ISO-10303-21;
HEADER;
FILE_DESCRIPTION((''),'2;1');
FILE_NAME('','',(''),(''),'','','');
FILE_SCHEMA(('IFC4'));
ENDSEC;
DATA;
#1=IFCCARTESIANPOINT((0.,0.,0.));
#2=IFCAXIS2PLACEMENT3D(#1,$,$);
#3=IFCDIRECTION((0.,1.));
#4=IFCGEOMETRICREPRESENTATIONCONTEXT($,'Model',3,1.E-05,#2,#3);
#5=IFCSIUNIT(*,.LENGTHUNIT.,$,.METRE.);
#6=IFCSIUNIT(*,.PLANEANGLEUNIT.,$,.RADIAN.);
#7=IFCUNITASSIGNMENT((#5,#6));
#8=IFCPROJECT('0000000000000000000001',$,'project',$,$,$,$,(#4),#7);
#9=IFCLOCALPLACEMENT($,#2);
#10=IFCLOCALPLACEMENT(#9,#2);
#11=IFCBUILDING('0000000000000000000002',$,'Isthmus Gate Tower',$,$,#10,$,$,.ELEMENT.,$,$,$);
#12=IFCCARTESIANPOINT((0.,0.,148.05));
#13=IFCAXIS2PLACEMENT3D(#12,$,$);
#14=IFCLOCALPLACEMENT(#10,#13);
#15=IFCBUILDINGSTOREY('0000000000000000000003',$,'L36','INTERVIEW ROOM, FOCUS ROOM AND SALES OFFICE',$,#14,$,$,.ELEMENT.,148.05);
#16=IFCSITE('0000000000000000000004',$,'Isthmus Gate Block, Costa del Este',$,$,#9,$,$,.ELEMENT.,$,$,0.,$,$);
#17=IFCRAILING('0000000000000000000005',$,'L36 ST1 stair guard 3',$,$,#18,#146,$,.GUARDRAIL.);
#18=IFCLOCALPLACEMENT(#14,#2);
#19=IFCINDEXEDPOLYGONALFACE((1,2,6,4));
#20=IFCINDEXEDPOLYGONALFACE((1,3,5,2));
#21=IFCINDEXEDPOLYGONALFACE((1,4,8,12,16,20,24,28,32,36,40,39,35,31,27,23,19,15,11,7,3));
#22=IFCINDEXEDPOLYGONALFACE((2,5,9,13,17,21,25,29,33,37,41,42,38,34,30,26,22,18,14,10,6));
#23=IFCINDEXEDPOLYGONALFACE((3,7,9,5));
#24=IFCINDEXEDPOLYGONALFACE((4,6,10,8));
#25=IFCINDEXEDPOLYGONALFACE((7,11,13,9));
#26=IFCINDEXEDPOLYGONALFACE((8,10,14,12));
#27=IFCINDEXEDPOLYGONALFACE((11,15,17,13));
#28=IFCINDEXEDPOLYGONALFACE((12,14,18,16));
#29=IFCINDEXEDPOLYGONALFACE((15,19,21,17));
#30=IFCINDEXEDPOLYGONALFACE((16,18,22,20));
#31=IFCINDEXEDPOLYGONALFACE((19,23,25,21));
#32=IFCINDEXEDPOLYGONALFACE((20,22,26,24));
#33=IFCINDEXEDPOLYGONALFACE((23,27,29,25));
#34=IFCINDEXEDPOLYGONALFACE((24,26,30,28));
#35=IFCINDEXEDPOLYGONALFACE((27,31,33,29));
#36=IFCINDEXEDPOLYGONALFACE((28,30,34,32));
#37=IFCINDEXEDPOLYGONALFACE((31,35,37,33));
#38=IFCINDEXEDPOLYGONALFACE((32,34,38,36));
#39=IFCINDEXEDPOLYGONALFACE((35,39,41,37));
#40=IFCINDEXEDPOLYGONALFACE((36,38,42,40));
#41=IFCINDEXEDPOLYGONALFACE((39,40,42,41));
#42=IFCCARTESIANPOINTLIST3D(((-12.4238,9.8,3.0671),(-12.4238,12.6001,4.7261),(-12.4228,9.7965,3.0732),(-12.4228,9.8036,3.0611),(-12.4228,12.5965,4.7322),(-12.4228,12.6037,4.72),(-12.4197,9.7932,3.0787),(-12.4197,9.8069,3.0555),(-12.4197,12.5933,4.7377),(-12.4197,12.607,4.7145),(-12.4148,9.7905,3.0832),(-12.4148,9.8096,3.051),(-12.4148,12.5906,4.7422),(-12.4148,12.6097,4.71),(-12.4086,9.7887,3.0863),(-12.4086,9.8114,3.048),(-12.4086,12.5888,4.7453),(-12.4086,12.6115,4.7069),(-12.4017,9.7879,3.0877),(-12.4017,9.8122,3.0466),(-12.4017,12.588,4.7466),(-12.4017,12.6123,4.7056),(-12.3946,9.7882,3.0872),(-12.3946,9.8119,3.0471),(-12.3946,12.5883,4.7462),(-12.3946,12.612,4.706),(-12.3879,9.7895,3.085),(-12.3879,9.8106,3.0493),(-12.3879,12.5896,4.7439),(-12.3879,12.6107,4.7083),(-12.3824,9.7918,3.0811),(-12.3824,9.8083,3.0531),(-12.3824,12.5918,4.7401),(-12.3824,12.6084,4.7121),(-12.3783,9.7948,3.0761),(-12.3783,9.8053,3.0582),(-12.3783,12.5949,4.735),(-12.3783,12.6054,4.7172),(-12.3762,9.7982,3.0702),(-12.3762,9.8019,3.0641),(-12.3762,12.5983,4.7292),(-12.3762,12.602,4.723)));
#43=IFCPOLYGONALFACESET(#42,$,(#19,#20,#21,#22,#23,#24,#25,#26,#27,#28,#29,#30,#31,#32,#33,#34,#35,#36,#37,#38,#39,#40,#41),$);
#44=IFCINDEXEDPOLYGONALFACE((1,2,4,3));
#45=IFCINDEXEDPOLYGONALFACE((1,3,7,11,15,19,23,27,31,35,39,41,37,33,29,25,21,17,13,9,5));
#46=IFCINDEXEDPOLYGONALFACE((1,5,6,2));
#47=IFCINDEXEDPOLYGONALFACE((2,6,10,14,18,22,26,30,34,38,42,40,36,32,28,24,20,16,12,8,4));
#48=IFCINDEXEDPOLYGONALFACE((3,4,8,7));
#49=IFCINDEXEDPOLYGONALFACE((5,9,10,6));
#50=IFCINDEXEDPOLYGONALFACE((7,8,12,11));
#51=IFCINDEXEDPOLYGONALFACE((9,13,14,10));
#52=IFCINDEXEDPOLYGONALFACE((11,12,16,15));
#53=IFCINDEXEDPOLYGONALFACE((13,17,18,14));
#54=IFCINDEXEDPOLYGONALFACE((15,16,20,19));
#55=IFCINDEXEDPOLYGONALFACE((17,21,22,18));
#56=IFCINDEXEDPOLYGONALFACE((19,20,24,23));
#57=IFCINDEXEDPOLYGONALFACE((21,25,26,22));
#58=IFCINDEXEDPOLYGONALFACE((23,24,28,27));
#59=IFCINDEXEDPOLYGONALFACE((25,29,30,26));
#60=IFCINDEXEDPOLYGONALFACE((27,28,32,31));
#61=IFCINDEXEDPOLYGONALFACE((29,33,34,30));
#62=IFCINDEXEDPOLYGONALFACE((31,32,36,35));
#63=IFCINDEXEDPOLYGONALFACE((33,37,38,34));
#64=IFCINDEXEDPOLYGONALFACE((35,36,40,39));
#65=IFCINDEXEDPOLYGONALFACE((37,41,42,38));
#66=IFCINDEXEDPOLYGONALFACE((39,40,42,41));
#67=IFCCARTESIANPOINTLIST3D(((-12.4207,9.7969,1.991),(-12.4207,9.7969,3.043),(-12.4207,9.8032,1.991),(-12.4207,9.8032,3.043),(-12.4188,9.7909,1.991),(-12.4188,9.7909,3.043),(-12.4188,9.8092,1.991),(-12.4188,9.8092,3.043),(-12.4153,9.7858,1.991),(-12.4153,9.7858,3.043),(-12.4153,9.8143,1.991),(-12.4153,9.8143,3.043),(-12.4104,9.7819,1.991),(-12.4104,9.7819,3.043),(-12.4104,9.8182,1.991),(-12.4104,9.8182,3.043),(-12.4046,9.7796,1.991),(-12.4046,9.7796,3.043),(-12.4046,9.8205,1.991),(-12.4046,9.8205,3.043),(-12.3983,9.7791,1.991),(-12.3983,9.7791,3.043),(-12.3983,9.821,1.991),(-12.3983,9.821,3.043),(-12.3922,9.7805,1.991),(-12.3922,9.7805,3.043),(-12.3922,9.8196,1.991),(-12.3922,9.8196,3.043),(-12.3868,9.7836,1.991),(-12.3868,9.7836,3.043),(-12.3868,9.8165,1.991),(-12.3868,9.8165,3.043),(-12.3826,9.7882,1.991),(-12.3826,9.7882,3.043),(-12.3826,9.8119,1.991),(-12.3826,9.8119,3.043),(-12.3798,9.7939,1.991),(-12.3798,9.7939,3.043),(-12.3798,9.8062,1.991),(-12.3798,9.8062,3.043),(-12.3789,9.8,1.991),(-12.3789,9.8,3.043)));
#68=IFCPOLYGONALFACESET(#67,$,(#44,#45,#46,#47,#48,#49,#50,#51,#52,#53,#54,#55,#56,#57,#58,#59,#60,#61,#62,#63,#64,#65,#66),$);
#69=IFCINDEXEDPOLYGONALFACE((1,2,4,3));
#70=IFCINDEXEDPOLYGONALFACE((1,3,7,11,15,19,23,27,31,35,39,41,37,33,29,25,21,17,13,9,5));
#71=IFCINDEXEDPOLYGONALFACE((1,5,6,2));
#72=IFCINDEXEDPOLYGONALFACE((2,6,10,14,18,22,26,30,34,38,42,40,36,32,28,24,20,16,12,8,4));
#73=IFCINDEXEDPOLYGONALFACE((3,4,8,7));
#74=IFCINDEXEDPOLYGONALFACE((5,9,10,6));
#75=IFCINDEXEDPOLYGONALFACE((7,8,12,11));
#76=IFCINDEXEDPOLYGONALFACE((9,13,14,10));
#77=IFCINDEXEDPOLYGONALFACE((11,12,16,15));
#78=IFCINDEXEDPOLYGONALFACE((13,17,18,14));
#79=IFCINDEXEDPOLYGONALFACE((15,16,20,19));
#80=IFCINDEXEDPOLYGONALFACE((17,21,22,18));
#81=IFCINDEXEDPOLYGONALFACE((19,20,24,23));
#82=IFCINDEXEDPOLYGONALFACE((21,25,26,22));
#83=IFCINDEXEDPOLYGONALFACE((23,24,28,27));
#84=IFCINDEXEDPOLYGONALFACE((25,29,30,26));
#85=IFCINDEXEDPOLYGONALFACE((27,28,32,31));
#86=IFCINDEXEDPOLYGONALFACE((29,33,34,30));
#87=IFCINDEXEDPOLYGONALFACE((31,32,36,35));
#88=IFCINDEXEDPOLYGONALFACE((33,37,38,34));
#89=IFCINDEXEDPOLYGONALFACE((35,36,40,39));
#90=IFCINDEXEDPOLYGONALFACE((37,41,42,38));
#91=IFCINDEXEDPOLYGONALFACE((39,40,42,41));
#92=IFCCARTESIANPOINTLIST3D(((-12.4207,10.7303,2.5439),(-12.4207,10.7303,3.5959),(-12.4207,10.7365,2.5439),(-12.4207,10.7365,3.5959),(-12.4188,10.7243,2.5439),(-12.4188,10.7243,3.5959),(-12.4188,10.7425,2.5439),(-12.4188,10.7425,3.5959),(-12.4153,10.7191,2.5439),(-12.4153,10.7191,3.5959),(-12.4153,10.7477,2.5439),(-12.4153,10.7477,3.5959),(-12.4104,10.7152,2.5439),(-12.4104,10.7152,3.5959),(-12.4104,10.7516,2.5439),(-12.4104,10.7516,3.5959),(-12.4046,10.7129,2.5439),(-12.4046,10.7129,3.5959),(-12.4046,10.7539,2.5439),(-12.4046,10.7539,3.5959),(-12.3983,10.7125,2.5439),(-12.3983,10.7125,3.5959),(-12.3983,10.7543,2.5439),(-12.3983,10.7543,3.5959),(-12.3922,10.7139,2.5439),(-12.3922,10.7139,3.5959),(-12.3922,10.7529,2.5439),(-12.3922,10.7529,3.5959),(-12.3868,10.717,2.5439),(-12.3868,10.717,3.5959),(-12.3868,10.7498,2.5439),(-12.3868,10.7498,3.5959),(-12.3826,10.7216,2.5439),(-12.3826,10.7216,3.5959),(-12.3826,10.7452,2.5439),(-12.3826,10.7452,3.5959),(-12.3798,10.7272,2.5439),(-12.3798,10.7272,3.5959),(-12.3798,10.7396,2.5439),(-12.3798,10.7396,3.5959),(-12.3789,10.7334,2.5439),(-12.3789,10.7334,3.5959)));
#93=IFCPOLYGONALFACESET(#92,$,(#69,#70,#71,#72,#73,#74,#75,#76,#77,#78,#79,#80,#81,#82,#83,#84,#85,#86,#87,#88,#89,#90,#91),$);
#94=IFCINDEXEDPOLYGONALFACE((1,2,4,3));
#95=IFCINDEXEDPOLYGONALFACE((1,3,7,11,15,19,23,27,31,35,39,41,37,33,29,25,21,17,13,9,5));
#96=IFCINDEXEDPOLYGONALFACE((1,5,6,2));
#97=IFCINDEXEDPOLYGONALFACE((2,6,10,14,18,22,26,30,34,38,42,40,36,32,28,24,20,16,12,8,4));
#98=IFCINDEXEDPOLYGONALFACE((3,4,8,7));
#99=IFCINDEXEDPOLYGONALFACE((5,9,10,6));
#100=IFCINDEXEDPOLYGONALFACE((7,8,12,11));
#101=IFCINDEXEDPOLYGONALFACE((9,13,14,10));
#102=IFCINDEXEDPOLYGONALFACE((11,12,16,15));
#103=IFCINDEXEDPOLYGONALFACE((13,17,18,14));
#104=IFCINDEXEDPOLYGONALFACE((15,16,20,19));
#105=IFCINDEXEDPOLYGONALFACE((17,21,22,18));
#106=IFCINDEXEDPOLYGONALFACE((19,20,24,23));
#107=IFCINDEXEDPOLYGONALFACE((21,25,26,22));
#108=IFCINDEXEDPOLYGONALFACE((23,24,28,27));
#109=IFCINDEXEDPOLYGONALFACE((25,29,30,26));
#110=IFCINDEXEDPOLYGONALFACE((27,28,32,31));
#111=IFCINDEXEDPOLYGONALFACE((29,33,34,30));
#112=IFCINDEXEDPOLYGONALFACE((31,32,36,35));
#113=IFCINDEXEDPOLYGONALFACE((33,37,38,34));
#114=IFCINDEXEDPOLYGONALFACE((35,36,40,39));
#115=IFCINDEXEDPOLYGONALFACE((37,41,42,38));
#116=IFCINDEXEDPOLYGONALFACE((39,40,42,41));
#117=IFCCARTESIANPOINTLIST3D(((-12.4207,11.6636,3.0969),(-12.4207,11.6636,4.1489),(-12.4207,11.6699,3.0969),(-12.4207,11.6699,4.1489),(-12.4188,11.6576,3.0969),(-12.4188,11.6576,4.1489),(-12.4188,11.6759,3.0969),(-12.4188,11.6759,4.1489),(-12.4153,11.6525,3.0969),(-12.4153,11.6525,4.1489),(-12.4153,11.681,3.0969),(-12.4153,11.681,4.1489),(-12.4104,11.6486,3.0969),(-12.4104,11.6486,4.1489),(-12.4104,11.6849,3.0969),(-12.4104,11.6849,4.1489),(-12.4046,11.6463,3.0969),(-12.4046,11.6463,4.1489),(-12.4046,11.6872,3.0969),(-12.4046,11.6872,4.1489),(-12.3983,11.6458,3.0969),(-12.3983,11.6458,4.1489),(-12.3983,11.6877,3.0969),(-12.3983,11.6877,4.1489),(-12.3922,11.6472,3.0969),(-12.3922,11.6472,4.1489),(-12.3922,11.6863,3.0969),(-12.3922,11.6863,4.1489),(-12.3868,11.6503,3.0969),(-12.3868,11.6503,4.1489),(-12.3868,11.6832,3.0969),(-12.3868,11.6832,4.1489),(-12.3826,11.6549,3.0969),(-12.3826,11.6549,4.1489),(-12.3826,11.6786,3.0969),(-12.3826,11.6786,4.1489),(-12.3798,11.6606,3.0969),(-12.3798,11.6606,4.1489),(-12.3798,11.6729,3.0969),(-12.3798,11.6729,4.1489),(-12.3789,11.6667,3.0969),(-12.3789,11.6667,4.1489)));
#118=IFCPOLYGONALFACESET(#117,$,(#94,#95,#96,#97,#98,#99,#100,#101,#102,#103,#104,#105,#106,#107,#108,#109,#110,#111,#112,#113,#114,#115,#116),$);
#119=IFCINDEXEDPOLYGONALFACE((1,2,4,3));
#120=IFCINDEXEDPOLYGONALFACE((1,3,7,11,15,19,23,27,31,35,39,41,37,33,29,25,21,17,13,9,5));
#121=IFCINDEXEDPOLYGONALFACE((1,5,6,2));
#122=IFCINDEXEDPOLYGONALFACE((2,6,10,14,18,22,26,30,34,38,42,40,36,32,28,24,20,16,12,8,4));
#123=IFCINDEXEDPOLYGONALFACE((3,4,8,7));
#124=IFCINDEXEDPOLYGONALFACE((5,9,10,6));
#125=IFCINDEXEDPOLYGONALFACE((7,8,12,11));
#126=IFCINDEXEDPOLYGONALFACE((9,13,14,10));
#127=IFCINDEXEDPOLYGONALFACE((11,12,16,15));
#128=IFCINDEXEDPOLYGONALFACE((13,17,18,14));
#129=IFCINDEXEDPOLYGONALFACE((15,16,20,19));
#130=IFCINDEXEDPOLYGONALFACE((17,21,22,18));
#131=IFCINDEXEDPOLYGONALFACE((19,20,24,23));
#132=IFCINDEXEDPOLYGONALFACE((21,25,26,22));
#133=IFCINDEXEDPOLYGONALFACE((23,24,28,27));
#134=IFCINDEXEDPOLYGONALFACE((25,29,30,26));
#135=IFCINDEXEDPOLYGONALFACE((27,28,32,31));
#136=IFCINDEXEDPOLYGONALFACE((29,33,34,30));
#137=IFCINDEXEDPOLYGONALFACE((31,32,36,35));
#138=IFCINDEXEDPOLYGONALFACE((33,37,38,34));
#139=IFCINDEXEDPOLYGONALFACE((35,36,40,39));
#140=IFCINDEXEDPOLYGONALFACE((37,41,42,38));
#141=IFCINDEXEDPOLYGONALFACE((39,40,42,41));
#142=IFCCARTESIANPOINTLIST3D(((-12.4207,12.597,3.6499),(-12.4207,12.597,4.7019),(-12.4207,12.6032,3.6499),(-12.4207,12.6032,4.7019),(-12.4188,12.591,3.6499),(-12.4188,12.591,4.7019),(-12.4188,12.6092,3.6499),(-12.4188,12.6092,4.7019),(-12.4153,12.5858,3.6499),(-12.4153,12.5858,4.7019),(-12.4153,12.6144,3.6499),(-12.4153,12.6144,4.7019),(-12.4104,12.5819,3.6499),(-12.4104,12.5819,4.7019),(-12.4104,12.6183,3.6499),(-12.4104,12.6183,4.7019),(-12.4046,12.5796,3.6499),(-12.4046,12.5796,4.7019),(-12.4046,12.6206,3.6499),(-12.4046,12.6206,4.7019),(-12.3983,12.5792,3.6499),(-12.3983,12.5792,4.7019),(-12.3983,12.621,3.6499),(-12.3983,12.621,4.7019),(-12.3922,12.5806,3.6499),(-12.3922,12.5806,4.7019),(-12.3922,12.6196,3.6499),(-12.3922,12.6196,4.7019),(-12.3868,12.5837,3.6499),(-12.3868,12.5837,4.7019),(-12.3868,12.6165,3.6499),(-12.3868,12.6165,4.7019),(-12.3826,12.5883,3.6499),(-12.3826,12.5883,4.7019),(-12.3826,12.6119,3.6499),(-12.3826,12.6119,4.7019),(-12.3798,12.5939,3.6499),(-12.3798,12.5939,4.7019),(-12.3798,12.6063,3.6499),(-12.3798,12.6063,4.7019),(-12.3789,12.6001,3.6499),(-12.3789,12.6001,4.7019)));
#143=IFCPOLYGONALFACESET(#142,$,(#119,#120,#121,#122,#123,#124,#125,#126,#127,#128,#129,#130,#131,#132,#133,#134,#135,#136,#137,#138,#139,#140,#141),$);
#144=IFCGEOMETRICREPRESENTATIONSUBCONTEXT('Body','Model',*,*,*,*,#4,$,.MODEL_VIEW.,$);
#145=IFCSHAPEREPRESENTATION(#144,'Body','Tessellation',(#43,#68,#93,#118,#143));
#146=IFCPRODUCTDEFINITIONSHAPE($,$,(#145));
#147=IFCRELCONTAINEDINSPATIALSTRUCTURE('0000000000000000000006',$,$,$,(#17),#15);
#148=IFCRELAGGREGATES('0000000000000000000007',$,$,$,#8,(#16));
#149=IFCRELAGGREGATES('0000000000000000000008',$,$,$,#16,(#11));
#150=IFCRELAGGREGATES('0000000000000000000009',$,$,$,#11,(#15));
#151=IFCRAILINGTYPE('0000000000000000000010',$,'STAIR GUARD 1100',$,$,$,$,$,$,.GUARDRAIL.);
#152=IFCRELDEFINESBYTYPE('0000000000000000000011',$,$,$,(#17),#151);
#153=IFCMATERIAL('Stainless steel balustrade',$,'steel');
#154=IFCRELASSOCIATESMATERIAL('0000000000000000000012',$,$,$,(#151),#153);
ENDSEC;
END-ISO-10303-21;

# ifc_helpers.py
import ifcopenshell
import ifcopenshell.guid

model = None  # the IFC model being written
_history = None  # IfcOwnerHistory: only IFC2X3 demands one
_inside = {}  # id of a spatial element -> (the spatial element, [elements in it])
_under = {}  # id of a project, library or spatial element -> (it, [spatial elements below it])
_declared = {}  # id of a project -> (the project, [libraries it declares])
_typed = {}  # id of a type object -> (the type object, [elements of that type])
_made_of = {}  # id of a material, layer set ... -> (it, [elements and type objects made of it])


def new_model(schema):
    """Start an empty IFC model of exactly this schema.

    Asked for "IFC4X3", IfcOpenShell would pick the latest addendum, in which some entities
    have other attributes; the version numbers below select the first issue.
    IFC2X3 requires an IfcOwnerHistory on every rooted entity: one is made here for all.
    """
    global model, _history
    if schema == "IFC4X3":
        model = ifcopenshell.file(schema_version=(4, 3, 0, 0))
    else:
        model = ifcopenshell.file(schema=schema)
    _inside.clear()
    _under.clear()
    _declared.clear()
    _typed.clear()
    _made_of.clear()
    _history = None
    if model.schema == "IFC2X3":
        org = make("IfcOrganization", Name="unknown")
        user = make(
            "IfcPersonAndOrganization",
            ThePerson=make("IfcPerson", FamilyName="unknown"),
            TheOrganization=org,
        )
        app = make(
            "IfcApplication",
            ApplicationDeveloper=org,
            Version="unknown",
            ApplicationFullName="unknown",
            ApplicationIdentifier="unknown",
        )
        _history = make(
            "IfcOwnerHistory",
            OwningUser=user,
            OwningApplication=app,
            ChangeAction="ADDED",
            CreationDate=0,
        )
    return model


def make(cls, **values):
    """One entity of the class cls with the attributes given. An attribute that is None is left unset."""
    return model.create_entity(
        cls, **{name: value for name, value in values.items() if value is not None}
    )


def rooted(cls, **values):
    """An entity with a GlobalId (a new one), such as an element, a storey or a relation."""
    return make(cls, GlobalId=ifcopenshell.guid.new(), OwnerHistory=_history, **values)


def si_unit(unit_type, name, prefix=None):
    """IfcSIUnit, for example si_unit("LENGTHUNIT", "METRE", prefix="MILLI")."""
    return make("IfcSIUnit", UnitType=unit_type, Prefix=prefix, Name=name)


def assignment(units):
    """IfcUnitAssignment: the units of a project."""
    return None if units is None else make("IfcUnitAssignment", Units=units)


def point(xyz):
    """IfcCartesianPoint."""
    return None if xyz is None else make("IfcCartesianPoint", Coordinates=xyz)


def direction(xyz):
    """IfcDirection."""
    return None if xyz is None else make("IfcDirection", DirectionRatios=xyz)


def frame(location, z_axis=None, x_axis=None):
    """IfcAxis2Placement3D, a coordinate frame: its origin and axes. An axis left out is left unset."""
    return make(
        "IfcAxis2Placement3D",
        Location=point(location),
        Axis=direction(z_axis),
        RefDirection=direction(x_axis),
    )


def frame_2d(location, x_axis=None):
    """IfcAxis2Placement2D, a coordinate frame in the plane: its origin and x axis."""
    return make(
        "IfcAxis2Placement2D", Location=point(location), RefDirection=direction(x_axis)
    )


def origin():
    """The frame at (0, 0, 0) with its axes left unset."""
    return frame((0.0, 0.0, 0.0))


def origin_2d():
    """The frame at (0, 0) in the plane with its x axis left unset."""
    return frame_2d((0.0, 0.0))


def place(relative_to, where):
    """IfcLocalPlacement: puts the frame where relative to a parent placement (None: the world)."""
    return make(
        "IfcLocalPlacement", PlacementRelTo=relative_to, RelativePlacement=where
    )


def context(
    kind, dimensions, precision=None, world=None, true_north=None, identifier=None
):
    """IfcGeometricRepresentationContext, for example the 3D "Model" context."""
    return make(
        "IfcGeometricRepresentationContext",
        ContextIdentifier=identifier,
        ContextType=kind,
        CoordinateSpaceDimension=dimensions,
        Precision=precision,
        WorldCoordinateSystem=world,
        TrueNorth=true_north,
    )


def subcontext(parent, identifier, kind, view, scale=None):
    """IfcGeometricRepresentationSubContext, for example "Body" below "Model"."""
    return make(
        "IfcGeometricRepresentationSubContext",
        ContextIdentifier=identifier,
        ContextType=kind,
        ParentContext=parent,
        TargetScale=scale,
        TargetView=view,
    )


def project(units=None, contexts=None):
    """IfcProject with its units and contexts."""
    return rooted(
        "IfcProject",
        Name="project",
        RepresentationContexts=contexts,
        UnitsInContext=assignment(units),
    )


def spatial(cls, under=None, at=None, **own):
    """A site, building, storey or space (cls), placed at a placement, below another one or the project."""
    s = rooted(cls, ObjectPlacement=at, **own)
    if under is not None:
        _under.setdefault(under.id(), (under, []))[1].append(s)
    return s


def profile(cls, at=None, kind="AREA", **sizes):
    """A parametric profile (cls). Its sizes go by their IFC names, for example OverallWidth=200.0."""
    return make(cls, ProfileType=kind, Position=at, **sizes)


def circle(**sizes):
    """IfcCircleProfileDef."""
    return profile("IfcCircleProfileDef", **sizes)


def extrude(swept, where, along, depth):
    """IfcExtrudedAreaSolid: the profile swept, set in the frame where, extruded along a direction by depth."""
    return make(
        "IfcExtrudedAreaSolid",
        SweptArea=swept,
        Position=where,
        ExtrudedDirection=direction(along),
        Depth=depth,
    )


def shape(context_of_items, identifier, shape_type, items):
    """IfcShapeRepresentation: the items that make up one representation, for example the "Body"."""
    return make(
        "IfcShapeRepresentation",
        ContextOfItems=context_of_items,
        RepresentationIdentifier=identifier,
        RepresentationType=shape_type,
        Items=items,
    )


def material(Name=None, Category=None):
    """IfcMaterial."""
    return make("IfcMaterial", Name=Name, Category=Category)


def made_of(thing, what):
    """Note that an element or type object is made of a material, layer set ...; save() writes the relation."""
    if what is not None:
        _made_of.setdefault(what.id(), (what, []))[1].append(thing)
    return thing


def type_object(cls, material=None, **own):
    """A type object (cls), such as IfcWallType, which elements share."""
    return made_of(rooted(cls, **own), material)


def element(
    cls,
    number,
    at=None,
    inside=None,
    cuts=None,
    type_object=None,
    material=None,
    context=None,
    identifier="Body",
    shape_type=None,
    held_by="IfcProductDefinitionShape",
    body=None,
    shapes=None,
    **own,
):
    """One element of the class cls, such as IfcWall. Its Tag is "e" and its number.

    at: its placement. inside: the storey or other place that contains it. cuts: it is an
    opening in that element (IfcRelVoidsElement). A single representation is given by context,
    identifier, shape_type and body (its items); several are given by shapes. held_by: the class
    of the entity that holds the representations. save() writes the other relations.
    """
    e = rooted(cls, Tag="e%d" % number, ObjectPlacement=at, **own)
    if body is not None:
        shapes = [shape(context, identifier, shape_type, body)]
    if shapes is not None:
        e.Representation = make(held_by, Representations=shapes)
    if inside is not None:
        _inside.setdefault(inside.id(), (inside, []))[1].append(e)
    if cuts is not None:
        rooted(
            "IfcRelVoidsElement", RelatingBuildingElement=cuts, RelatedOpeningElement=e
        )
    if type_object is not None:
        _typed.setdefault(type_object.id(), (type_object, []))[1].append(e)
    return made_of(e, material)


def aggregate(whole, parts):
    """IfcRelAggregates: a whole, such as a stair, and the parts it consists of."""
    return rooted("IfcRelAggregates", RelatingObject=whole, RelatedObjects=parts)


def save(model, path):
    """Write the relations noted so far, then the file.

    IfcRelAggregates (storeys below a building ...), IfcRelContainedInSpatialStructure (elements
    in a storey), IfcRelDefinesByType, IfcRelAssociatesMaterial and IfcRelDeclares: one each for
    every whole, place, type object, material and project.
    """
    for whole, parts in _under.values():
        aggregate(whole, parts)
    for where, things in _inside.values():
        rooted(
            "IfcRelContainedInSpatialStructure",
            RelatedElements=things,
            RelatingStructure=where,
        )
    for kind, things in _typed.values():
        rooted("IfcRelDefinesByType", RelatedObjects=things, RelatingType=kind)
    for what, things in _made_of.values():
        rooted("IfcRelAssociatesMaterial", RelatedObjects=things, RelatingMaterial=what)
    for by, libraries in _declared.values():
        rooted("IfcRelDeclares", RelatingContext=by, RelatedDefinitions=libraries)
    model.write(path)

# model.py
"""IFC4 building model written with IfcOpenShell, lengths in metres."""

from ifc_helpers import new_model, si_unit, direction, frame, origin, origin_2d, place, context, subcontext, project, spatial, circle, extrude, material, type_object, element, save


model = new_model("IFC4")

# Units and contexts
model_context = context("Model", 3, precision=1e-05, world=origin(), true_north=direction((0.0, 1.0)))
body_context = subcontext(model_context, "Body", "Model", "MODEL_VIEW")
ifc_project = project(units=[si_unit("LENGTHUNIT", "METRE"), si_unit("PLANEANGLEUNIT", "RADIAN")], contexts=[model_context])

# Site, building, storey
site_placement = place(None, origin())
site = spatial("IfcSite", under=ifc_project, at=site_placement, Name="Isthmus Gate Block, Costa del Este", CompositionType="ELEMENT", RefElevation=0.0)
building_placement = place(site_placement, origin())
building = spatial("IfcBuilding", under=site, at=building_placement, Name="Isthmus Gate Tower", CompositionType="ELEMENT")
storey_placement = place(building_placement, frame((0.0, 0.0, 148.05)))
storey = spatial("IfcBuildingStorey", under=building, at=storey_placement, Name="L36", Description="INTERVIEW ROOM, FOCUS ROOM AND SALES OFFICE", CompositionType="ELEMENT", Elevation=148.05)

# Railing
ifc_material_1 = material(Name="Stainless steel balustrade", Category="steel")
railing_type_1 = type_object("IfcRailingType", Name="STAIR GUARD 1100", PredefinedType="GUARDRAIL", material=ifc_material_1)
railing_1_placement = place(storey_placement, frame((-12.3999, 9.8, 1.991)))
element("IfcRailing", 1, at=railing_1_placement, inside=storey, type_object=railing_type_1, Name="L36 ST1 stair guard 3", PredefinedType="GUARDRAIL", context=body_context, shape_type="SweptSolid", body=[
    extrude(circle(Radius=0.0239, at=origin_2d()), frame((0.0, 0.0, 1.0762), z_axis=(0.0, 0.860339, 0.509722), x_axis=(-1.0, 0.0, 0.0)), (0.0, 0.0, 1.0), 3.2546),
    extrude(circle(Radius=0.021, at=origin_2d()), origin(), (0.0, 0.0, 1.0), 1.052),
    extrude(circle(Radius=0.021, at=origin_2d()), frame((0.0, 0.9333, 0.553)), (0.0, 0.0, 1.0), 1.052),
    extrude(circle(Radius=0.021, at=origin_2d()), frame((0.0, 1.8667, 1.106)), (0.0, 0.0, 1.0), 1.052),
    extrude(circle(Radius=0.021, at=origin_2d()), frame((0.0, 2.8, 1.6589)), (0.0, 0.0, 1.0), 1.052),
])

save(model, "model.ifc")
